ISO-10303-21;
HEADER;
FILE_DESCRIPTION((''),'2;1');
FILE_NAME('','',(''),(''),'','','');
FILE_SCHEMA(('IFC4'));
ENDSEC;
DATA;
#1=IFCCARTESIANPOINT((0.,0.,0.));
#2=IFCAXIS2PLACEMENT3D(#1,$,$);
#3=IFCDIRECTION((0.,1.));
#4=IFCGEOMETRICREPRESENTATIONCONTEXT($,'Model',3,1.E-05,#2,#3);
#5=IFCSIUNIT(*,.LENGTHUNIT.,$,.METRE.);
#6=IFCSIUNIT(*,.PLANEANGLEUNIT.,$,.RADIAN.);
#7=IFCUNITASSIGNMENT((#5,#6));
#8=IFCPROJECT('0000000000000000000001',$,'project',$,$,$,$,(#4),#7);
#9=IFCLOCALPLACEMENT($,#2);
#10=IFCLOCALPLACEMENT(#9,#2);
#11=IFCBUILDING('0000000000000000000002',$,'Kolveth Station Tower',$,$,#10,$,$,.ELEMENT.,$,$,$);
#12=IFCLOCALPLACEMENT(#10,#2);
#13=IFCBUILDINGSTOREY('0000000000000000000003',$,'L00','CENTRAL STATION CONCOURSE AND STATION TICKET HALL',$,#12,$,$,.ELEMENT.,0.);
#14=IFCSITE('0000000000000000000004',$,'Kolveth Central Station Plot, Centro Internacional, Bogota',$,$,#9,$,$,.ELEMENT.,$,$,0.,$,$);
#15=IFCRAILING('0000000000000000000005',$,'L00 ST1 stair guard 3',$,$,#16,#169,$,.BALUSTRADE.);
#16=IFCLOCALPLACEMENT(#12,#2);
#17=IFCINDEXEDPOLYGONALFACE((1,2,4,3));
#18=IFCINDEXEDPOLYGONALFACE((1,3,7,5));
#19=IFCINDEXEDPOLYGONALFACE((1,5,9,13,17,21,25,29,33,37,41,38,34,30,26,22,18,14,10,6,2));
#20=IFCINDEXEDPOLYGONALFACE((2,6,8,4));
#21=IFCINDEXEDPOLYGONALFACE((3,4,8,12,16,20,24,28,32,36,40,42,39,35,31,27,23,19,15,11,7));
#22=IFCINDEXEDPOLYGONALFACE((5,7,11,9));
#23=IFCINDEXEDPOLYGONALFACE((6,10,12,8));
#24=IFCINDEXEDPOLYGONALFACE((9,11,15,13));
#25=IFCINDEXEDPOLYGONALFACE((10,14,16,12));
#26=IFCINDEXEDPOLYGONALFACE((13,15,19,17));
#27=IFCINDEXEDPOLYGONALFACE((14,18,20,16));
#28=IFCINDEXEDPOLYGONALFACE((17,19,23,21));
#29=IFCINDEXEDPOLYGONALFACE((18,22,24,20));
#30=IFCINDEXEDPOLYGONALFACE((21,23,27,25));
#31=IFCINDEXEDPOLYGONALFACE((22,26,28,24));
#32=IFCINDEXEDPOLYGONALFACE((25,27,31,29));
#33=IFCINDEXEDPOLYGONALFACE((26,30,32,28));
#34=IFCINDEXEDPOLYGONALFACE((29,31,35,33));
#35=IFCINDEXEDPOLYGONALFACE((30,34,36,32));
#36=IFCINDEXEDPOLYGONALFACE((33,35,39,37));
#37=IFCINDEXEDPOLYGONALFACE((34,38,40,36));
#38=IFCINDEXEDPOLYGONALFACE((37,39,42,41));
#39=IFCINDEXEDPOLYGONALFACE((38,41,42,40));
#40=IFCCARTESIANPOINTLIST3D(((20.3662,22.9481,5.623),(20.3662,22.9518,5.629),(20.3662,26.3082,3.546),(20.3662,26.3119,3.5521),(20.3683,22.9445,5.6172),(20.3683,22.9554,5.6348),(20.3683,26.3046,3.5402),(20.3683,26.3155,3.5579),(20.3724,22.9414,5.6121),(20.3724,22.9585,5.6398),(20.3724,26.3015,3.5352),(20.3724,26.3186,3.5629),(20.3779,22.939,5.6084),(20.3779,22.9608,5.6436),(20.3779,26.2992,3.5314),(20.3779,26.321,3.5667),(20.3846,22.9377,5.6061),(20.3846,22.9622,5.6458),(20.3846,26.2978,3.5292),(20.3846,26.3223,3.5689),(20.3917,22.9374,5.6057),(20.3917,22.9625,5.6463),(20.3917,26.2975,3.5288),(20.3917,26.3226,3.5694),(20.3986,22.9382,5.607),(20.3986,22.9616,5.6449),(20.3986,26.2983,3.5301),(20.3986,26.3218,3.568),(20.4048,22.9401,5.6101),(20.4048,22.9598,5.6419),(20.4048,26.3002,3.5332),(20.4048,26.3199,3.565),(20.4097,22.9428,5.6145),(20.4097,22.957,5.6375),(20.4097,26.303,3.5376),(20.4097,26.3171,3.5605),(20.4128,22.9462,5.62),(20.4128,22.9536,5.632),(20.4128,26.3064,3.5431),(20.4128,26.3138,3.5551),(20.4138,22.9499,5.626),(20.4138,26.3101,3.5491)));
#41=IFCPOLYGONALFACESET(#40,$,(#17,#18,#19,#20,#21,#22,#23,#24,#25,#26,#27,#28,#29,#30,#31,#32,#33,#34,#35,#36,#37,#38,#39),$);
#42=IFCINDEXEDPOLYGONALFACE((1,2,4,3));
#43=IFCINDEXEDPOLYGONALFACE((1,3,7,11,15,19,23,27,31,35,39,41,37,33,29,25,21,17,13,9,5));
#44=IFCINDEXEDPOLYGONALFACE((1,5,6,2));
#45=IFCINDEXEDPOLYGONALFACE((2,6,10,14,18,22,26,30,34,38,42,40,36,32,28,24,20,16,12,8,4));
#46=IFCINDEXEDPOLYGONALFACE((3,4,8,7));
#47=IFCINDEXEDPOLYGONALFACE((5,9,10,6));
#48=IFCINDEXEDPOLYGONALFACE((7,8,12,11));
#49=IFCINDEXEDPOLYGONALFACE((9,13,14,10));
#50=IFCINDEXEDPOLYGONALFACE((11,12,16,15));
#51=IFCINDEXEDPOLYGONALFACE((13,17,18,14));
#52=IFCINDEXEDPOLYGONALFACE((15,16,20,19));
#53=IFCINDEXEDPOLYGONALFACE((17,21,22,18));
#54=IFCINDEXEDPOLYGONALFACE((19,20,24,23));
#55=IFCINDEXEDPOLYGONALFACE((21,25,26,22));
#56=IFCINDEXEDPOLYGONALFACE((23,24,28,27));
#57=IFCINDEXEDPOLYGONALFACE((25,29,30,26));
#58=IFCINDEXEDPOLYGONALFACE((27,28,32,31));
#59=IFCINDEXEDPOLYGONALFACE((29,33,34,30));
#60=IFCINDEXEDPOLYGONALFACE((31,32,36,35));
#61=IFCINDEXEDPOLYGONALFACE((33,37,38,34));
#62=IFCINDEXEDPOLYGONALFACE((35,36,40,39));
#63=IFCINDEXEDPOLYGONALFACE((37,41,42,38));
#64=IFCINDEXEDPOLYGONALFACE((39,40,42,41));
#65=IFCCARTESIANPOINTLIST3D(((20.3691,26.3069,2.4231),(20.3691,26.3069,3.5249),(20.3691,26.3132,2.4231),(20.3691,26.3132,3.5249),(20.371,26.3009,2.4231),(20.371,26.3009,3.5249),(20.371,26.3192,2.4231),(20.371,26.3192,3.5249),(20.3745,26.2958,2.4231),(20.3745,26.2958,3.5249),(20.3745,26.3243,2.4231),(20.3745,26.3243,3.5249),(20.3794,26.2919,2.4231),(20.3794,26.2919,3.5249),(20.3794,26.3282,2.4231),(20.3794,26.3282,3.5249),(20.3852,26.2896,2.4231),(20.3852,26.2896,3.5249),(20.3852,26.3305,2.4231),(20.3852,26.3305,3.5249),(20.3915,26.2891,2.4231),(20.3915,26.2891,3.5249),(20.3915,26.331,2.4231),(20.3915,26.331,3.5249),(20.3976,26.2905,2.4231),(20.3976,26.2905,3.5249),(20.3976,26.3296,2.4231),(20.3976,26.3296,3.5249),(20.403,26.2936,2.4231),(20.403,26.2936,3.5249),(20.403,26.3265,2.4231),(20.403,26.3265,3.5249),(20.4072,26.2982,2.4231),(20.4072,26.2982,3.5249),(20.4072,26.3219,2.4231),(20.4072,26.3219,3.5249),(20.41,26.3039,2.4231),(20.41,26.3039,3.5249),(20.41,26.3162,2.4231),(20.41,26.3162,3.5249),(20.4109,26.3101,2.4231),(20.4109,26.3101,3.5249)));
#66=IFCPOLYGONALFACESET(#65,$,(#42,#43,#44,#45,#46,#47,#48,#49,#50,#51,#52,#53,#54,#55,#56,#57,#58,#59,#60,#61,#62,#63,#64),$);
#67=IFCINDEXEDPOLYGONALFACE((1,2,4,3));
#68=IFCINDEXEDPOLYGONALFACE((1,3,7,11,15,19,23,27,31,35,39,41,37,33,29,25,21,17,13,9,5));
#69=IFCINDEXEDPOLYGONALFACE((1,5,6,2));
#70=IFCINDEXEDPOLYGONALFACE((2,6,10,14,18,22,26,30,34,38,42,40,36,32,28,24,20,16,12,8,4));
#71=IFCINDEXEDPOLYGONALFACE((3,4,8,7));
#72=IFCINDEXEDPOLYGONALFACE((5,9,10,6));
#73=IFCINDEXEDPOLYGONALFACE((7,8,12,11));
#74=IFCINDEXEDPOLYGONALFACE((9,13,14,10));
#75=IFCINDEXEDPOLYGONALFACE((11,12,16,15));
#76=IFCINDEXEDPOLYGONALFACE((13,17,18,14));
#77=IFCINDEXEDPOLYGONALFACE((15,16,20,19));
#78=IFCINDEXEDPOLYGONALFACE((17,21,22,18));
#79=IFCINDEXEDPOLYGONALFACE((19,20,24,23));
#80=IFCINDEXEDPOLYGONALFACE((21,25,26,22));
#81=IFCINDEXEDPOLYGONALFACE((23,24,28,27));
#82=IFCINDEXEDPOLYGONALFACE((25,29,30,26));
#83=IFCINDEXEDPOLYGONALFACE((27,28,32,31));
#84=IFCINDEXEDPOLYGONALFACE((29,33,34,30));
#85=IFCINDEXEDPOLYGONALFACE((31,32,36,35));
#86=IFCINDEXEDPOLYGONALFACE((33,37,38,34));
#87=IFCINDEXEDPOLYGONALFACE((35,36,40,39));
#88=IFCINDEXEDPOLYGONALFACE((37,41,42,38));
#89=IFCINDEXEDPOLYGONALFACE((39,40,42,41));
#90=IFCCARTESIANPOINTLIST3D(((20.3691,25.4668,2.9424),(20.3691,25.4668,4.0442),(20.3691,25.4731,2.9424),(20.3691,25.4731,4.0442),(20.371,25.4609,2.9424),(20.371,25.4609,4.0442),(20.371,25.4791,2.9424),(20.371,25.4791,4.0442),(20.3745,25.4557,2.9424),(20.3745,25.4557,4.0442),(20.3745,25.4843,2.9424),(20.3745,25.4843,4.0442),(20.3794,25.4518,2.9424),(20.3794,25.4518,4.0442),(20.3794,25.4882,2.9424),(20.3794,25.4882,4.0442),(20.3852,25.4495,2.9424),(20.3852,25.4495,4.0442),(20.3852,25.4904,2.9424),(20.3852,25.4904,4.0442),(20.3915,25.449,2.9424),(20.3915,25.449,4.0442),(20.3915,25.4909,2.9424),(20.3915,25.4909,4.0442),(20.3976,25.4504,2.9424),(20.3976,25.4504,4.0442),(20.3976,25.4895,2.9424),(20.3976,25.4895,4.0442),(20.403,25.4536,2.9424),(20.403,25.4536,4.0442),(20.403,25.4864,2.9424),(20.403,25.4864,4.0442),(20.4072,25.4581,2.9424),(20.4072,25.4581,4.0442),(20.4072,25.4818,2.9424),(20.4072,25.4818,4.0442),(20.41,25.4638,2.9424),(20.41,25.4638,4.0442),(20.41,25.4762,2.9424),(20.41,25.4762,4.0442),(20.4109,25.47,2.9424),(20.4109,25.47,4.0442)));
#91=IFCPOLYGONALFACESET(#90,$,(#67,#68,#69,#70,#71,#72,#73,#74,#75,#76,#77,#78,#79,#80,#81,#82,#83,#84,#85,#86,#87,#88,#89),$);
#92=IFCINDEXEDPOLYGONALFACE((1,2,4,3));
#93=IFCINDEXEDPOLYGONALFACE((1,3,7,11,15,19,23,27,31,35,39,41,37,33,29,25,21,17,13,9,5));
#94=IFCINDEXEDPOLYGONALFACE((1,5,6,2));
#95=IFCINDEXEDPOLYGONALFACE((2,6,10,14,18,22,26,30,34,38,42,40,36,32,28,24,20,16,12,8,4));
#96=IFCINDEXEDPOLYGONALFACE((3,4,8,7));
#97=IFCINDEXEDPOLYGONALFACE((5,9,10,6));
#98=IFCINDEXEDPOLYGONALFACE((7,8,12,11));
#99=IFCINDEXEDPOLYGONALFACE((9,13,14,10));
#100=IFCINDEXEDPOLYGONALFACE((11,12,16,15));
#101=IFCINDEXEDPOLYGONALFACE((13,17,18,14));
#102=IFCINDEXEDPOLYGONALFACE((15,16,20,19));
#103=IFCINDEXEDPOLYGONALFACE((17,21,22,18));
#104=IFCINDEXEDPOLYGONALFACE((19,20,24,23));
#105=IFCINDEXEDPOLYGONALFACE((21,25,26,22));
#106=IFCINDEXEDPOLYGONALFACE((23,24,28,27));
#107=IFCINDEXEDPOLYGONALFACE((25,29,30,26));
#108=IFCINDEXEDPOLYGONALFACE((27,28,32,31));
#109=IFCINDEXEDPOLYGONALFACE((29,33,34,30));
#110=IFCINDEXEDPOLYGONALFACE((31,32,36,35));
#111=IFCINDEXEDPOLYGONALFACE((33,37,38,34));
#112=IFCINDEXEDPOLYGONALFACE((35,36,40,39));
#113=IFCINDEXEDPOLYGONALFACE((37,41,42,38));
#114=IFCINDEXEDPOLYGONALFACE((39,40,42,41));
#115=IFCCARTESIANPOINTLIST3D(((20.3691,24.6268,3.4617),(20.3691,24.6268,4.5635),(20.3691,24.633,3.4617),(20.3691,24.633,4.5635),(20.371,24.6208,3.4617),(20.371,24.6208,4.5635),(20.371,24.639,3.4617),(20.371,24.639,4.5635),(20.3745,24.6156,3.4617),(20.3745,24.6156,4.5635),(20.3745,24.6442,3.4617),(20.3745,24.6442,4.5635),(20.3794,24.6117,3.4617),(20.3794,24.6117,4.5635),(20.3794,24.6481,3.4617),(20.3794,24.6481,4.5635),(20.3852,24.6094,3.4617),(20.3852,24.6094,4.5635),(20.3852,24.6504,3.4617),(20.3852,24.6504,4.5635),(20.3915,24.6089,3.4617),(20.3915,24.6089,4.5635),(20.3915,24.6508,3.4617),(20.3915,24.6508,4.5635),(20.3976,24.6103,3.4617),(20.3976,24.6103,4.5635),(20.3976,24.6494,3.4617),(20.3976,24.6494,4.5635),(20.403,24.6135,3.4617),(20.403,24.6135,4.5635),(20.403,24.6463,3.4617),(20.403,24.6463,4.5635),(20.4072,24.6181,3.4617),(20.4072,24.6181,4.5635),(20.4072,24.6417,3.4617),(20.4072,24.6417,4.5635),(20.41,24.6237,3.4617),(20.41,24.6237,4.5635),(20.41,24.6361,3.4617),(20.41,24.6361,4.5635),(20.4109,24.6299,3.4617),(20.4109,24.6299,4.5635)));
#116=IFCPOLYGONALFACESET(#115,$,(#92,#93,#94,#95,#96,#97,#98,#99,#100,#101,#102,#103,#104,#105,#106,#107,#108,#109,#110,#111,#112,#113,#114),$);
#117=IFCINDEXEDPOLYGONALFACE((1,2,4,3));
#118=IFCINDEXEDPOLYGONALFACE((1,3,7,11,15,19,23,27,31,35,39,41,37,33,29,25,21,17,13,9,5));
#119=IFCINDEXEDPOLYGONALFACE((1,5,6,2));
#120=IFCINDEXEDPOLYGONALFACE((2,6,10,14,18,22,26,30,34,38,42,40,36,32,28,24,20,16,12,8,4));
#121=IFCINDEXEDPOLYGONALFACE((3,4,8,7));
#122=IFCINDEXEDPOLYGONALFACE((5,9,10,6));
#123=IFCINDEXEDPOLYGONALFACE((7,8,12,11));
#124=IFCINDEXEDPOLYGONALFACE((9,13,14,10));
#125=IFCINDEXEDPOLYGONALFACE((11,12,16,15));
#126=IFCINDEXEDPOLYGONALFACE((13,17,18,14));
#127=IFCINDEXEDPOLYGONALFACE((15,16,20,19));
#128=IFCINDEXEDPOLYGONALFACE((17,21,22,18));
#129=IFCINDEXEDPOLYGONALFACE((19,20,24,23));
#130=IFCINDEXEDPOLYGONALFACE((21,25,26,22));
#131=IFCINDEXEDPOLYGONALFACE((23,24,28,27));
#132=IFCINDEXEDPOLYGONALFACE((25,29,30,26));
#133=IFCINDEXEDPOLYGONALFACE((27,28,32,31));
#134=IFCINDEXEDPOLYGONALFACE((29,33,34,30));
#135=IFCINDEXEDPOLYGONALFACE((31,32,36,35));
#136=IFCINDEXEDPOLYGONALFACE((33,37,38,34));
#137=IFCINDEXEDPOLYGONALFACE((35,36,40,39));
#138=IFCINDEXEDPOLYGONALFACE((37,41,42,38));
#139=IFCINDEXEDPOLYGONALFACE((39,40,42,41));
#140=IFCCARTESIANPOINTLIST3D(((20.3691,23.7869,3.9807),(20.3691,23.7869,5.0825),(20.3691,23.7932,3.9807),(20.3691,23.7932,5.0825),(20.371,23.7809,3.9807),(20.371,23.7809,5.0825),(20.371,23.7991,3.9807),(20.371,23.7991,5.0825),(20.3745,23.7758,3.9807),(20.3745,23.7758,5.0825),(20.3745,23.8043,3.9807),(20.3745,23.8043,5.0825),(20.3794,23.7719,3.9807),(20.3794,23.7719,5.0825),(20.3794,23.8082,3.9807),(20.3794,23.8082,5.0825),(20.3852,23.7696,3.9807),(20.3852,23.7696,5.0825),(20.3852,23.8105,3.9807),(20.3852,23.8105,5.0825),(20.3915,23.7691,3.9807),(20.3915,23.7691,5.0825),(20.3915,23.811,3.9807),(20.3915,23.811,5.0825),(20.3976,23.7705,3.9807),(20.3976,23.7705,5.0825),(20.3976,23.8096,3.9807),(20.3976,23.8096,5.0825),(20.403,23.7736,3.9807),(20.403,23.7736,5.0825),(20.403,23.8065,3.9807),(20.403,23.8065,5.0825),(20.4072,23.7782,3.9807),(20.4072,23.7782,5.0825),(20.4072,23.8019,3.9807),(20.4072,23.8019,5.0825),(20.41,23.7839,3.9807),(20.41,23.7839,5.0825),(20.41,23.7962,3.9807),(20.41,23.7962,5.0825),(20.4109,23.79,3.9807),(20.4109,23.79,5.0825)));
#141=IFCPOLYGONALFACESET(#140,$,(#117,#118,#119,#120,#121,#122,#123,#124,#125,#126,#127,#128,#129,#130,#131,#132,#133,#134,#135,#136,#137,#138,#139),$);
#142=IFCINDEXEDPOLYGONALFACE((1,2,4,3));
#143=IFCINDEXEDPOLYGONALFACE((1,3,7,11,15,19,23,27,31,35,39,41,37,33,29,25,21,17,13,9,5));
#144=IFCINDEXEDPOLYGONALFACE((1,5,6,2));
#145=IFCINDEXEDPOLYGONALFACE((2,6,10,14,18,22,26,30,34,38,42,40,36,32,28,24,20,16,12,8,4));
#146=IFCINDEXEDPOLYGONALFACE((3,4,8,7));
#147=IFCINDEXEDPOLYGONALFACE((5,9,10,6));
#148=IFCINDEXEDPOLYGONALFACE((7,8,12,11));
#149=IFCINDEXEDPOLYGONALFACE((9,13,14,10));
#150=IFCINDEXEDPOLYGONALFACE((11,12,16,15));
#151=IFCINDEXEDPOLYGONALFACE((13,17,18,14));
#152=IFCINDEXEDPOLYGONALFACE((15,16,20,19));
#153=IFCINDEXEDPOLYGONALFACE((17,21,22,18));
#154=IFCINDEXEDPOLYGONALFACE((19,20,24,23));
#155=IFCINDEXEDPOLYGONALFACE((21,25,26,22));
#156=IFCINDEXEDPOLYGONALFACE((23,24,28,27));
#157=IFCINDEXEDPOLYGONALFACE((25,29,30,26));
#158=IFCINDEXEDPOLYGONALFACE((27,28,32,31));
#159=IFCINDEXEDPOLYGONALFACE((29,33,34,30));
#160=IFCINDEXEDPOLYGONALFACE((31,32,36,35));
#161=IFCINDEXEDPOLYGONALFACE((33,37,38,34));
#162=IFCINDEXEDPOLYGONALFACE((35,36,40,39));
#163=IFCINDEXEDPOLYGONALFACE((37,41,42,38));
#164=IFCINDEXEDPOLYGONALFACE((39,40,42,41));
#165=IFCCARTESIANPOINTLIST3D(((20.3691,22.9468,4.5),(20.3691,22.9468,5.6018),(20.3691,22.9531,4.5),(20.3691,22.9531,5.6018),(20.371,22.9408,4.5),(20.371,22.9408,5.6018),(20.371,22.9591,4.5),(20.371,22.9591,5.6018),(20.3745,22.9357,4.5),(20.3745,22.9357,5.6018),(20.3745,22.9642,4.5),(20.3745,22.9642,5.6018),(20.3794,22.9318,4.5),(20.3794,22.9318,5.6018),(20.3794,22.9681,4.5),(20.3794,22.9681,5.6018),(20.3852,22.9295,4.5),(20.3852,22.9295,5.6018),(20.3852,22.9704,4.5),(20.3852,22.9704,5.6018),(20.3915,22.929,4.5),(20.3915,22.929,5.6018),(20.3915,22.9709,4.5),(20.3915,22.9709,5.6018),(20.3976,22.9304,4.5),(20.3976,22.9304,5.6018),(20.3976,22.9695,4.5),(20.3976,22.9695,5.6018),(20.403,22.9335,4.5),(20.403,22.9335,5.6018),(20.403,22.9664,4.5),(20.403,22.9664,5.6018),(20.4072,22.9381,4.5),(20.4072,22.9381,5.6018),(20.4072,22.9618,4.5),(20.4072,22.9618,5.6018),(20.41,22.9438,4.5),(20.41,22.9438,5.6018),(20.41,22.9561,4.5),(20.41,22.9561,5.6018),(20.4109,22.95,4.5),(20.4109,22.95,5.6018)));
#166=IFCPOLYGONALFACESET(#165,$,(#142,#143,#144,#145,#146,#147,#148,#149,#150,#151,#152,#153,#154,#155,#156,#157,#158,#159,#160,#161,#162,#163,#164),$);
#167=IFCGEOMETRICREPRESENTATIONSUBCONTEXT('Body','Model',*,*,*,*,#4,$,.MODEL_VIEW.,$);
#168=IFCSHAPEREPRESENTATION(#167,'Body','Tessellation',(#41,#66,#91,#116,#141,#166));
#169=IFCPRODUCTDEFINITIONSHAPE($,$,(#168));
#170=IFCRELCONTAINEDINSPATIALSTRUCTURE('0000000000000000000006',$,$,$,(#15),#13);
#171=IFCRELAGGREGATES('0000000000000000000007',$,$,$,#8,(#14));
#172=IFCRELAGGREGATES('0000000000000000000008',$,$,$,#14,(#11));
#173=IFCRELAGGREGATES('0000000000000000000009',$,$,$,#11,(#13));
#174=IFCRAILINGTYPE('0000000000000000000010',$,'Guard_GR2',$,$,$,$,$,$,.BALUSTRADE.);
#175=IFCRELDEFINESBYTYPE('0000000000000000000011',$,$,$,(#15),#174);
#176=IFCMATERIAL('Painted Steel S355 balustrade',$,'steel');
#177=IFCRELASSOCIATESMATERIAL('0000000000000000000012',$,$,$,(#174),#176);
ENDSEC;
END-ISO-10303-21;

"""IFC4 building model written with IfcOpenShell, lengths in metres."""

from ifc_helpers import new_model, si_unit, direction, frame, origin, origin_2d, place, context, subcontext, project, spatial, circle, extrude, material, type_object, element, save


model = new_model("IFC4")

# Units and contexts
model_context = context("Model", 3, precision=1e-05, world=origin(), true_north=direction((0.0, 1.0)))
body_context = subcontext(model_context, "Body", "Model", "MODEL_VIEW")
ifc_project = project(units=[si_unit("LENGTHUNIT", "METRE"), si_unit("PLANEANGLEUNIT", "RADIAN")], contexts=[model_context])

# Site, building, storey
site_placement = place(None, origin())
site = spatial("IfcSite", under=ifc_project, at=site_placement, Name="Kolveth Central Station Plot, Centro Internacional, Bogota", CompositionType="ELEMENT", RefElevation=0.0)
building_placement = place(site_placement, origin())
building = spatial("IfcBuilding", under=site, at=building_placement, Name="Kolveth Station Tower", CompositionType="ELEMENT")
storey_placement = place(building_placement, origin())
storey = spatial("IfcBuildingStorey", under=building, at=storey_placement, Name="L00", Description="CENTRAL STATION CONCOURSE AND STATION TICKET HALL", CompositionType="ELEMENT", Elevation=0.0)

# Railing
ifc_material_1 = material(Name="Painted Steel S355 balustrade", Category="steel")
railing_type_1 = type_object("IfcRailingType", Name="Guard_GR2", PredefinedType="BALUSTRADE", material=ifc_material_1)
railing_1_placement = place(storey_placement, frame((20.3899, 26.3101, 2.4231)))
element("IfcRailing", 1, at=railing_1_placement, inside=storey, type_object=railing_type_1, Name="L00 ST1 stair guard 3", PredefinedType="BALUSTRADE", context=body_context, shape_type="SweptSolid", body=[
    extrude(circle(Radius=0.0239, at=origin_2d()), frame((0.0, 0.0, 1.126), z_axis=(0.0, -0.850623, 0.525776), x_axis=(1.0, 0.0, 0.0)), (0.0, 0.0, 1.0), 3.9502),
    extrude(circle(Radius=0.021, at=origin_2d()), origin(), (0.0, 0.0, 1.0), 1.1018),
    extrude(circle(Radius=0.021, at=origin_2d()), frame((0.0, -0.8401, 0.5193)), (0.0, 0.0, 1.0), 1.1018),
    extrude(circle(Radius=0.021, at=origin_2d()), frame((0.0, -1.6802, 1.0386)), (0.0, 0.0, 1.0), 1.1018),
    extrude(circle(Radius=0.021, at=origin_2d()), frame((0.0, -2.52, 1.5576)), (0.0, 0.0, 1.0), 1.1018),
    extrude(circle(Radius=0.021, at=origin_2d()), frame((0.0, -3.3601, 2.0769)), (0.0, 0.0, 1.0), 1.1018),
])

save(model, "model.ifc")
